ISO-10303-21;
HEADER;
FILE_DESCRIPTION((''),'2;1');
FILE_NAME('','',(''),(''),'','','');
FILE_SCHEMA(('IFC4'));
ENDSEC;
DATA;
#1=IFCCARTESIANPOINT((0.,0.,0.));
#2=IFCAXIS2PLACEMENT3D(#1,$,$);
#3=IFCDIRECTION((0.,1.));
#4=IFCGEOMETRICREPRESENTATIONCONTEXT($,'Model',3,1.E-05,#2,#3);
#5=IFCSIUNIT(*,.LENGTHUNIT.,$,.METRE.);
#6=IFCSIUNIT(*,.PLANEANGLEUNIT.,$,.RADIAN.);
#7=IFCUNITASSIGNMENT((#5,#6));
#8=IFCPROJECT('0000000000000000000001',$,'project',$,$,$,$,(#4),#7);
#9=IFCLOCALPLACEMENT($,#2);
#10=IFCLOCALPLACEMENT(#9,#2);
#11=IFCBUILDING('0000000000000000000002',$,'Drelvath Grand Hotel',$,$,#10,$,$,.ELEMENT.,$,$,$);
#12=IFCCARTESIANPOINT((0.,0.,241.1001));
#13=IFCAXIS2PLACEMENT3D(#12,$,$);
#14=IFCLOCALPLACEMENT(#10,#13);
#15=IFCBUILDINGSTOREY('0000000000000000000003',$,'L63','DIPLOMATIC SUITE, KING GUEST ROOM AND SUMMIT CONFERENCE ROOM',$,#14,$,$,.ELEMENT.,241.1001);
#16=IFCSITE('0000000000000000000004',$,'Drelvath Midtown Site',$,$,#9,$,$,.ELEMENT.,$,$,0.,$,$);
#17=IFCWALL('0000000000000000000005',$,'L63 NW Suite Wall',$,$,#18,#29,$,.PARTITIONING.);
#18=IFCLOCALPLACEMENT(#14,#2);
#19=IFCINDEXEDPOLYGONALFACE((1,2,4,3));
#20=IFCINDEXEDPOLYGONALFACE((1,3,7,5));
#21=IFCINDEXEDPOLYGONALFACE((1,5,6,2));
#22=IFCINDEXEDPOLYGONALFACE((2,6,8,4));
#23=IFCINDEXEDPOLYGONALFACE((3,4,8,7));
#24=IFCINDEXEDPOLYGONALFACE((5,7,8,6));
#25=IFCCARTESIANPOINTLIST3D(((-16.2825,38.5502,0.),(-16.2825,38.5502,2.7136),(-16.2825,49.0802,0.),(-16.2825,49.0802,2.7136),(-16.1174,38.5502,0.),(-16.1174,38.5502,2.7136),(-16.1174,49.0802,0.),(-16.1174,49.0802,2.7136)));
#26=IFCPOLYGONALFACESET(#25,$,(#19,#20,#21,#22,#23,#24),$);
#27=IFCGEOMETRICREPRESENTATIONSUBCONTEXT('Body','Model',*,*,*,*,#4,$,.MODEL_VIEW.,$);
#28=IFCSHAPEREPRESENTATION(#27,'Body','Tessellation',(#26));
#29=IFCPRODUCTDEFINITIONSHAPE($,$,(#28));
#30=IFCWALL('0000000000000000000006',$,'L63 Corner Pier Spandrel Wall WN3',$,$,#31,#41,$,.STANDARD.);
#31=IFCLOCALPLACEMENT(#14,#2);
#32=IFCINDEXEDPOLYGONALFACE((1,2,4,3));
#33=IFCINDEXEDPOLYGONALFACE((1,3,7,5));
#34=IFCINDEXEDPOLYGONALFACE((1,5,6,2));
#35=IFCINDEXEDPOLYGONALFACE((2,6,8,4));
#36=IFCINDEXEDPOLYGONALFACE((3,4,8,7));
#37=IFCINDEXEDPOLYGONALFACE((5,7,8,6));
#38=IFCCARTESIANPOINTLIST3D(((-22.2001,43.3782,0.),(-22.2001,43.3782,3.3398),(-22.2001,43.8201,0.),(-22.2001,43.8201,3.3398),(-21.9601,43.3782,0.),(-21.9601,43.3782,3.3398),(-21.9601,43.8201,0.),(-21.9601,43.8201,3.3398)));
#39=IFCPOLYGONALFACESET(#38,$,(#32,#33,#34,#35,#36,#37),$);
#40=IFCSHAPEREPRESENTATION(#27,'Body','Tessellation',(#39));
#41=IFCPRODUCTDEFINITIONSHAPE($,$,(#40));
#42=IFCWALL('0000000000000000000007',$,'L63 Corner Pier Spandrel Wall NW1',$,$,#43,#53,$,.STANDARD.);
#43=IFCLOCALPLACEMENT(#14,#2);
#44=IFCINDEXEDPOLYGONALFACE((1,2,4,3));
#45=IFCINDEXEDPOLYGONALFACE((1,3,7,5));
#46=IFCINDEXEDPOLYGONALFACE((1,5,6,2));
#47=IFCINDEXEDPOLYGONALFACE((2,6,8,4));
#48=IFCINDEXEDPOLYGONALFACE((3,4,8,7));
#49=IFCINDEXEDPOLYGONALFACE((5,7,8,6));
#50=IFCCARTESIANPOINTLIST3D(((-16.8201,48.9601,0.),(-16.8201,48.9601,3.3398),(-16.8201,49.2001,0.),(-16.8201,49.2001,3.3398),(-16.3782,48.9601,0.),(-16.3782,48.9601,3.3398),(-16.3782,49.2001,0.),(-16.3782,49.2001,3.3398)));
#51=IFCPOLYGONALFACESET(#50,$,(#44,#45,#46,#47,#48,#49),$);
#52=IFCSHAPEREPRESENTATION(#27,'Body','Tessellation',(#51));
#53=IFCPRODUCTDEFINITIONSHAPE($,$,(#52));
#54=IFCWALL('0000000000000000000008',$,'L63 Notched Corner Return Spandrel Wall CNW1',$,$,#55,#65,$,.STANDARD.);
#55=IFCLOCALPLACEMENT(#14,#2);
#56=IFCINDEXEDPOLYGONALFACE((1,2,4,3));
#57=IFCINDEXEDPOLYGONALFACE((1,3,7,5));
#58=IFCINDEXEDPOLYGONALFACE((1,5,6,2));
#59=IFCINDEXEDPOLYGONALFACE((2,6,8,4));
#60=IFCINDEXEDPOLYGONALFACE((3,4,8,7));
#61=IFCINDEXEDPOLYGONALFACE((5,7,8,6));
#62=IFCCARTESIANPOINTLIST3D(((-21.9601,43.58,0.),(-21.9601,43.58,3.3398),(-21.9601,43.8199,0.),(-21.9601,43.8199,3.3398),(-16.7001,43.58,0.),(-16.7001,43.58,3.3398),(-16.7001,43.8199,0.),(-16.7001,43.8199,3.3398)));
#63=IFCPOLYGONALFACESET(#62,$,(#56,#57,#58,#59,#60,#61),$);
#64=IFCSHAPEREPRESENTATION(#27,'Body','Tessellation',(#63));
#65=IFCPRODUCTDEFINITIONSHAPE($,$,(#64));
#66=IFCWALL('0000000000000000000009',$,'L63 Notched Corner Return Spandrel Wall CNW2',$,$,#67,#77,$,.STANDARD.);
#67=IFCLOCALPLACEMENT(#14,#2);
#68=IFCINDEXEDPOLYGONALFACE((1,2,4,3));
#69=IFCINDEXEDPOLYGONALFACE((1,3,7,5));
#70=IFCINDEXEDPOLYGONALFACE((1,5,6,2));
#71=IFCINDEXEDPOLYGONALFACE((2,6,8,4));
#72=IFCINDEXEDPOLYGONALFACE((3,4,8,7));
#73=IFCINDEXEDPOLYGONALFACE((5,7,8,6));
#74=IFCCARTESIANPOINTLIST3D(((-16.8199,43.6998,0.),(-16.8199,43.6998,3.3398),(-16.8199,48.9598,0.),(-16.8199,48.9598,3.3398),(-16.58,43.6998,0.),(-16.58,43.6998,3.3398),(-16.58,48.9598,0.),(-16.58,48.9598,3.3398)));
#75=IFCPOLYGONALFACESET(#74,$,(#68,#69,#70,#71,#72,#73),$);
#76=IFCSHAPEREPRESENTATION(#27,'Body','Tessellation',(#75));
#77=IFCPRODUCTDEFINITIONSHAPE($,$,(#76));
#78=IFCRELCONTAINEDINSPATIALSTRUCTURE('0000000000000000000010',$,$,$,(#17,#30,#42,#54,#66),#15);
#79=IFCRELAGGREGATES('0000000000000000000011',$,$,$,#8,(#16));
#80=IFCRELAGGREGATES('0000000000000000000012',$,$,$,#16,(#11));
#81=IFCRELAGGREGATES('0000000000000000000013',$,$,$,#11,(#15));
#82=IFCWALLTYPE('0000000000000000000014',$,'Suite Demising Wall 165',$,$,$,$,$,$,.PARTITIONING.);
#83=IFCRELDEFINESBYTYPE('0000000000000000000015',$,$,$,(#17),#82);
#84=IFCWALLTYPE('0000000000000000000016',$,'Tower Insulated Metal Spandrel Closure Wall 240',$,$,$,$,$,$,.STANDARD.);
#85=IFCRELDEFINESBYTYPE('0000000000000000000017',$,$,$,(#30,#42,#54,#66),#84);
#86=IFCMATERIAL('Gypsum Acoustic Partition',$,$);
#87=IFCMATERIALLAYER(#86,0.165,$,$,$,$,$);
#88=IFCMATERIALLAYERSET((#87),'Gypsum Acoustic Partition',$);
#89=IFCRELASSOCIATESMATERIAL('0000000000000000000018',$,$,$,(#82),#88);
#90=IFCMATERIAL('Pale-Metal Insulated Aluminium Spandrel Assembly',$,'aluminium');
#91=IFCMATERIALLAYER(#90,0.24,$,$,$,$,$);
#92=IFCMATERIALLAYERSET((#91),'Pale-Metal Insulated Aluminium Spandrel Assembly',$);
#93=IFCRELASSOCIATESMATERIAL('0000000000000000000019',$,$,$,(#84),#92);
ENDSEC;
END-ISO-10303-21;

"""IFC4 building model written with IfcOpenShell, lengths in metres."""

from ifc_helpers import new_model, si_unit, direction, frame, frame_2d, origin, place, context, subcontext, project, spatial, rectangle, extrude, material, layer, layer_set, type_object, element, save


model = new_model("IFC4")

# Units and contexts
model_context = context("Model", 3, precision=1e-05, world=origin(), true_north=direction((0.0, 1.0)))
body_context = subcontext(model_context, "Body", "Model", "MODEL_VIEW")
ifc_project = project(units=[si_unit("LENGTHUNIT", "METRE"), si_unit("PLANEANGLEUNIT", "RADIAN")], contexts=[model_context])

# Site, building, storey
site_placement = place(None, origin())
site = spatial("IfcSite", under=ifc_project, at=site_placement, Name="Drelvath Midtown Site", CompositionType="ELEMENT", RefElevation=0.0)
building_placement = place(site_placement, origin())
building = spatial("IfcBuilding", under=site, at=building_placement, Name="Drelvath Grand Hotel", CompositionType="ELEMENT")
storey_placement = place(building_placement, frame((0.0, 0.0, 241.1001)))
storey = spatial("IfcBuildingStorey", under=building, at=storey_placement, Name="L63", Description="DIPLOMATIC SUITE, KING GUEST ROOM AND SUMMIT CONFERENCE ROOM", CompositionType="ELEMENT", Elevation=241.1001)

# Walls
ifc_material_1 = material(Name="Gypsum Acoustic Partition")
ifc_layer_1 = layer(ifc_material_1, 0.165)
ifc_layer_set_1 = layer_set([ifc_layer_1], Name="Gypsum Acoustic Partition")
wall_type_1 = type_object("IfcWallType", Name="Suite Demising Wall 165", PredefinedType="PARTITIONING", material=ifc_layer_set_1)
wall_1_placement = place(storey_placement, frame((-16.2, 38.55, 0.0), z_axis=(0.0, 0.0, 1.0), x_axis=(0.0, 1.0, 0.0)))
element("IfcWall", 1, at=wall_1_placement, inside=storey, type_object=wall_type_1, Name="L63 NW Suite Wall", PredefinedType="PARTITIONING", context=body_context, shape_type="SweptSolid", body=[
    extrude(rectangle(XDim=10.53, YDim=0.165, at=frame_2d((5.2651, 0.0))), origin(), (0.0, 0.0, 1.0), 2.7136),
])
ifc_material_2 = material(Name="Pale-Metal Insulated Aluminium Spandrel Assembly", Category="aluminium")
ifc_layer_2 = layer(ifc_material_2, 0.24)
ifc_layer_set_2 = layer_set([ifc_layer_2], Name="Pale-Metal Insulated Aluminium Spandrel Assembly")
wall_type_2 = type_object("IfcWallType", Name="Tower Insulated Metal Spandrel Closure Wall 240", PredefinedType="STANDARD", material=ifc_layer_set_2)
for number, where, z_axis, x_axis, name in (
    (2, (-22.0801, 43.3782, 0.0), (0.0, 0.0, 1.0), (0.0, 1.0, 0.0), "L63 Corner Pier Spandrel Wall WN3"),
    (3, (-16.8201, 49.0801, 0.0), (0.0, 0.0, 1.0), (1.0, 0.0, 0.0), "L63 Corner Pier Spandrel Wall NW1"),
):
    element("IfcWall", number, at=place(storey_placement, frame(where, z_axis=z_axis, x_axis=x_axis)), inside=storey, type_object=wall_type_2, Name=name, PredefinedType="STANDARD", context=body_context, shape_type="SweptSolid", body=[
        extrude(rectangle(XDim=0.4419, YDim=0.24, at=frame_2d((0.2209, 0.0))), origin(), (0.0, 0.0, 1.0), 3.3398),
    ])
for number, where, z_axis, x_axis, name in (
    (4, (-21.96, 43.7, 0.0), (0.0, 0.0, 1.0), (1.0, 0.0, 0.0), "L63 Notched Corner Return Spandrel Wall CNW1"),
    (5, (-16.7, 43.7, 0.0), (0.0, 0.0, 1.0), (0.0, 1.0, 0.0), "L63 Notched Corner Return Spandrel Wall CNW2"),
):
    element("IfcWall", number, at=place(storey_placement, frame(where, z_axis=z_axis, x_axis=x_axis)), inside=storey, type_object=wall_type_2, Name=name, PredefinedType="STANDARD", context=body_context, shape_type="SweptSolid", body=[
        extrude(rectangle(XDim=5.26, YDim=0.24, at=frame_2d((2.6299, 0.0))), origin(), (0.0, 0.0, 1.0), 3.3398),
    ])

save(model, "model.ifc")
